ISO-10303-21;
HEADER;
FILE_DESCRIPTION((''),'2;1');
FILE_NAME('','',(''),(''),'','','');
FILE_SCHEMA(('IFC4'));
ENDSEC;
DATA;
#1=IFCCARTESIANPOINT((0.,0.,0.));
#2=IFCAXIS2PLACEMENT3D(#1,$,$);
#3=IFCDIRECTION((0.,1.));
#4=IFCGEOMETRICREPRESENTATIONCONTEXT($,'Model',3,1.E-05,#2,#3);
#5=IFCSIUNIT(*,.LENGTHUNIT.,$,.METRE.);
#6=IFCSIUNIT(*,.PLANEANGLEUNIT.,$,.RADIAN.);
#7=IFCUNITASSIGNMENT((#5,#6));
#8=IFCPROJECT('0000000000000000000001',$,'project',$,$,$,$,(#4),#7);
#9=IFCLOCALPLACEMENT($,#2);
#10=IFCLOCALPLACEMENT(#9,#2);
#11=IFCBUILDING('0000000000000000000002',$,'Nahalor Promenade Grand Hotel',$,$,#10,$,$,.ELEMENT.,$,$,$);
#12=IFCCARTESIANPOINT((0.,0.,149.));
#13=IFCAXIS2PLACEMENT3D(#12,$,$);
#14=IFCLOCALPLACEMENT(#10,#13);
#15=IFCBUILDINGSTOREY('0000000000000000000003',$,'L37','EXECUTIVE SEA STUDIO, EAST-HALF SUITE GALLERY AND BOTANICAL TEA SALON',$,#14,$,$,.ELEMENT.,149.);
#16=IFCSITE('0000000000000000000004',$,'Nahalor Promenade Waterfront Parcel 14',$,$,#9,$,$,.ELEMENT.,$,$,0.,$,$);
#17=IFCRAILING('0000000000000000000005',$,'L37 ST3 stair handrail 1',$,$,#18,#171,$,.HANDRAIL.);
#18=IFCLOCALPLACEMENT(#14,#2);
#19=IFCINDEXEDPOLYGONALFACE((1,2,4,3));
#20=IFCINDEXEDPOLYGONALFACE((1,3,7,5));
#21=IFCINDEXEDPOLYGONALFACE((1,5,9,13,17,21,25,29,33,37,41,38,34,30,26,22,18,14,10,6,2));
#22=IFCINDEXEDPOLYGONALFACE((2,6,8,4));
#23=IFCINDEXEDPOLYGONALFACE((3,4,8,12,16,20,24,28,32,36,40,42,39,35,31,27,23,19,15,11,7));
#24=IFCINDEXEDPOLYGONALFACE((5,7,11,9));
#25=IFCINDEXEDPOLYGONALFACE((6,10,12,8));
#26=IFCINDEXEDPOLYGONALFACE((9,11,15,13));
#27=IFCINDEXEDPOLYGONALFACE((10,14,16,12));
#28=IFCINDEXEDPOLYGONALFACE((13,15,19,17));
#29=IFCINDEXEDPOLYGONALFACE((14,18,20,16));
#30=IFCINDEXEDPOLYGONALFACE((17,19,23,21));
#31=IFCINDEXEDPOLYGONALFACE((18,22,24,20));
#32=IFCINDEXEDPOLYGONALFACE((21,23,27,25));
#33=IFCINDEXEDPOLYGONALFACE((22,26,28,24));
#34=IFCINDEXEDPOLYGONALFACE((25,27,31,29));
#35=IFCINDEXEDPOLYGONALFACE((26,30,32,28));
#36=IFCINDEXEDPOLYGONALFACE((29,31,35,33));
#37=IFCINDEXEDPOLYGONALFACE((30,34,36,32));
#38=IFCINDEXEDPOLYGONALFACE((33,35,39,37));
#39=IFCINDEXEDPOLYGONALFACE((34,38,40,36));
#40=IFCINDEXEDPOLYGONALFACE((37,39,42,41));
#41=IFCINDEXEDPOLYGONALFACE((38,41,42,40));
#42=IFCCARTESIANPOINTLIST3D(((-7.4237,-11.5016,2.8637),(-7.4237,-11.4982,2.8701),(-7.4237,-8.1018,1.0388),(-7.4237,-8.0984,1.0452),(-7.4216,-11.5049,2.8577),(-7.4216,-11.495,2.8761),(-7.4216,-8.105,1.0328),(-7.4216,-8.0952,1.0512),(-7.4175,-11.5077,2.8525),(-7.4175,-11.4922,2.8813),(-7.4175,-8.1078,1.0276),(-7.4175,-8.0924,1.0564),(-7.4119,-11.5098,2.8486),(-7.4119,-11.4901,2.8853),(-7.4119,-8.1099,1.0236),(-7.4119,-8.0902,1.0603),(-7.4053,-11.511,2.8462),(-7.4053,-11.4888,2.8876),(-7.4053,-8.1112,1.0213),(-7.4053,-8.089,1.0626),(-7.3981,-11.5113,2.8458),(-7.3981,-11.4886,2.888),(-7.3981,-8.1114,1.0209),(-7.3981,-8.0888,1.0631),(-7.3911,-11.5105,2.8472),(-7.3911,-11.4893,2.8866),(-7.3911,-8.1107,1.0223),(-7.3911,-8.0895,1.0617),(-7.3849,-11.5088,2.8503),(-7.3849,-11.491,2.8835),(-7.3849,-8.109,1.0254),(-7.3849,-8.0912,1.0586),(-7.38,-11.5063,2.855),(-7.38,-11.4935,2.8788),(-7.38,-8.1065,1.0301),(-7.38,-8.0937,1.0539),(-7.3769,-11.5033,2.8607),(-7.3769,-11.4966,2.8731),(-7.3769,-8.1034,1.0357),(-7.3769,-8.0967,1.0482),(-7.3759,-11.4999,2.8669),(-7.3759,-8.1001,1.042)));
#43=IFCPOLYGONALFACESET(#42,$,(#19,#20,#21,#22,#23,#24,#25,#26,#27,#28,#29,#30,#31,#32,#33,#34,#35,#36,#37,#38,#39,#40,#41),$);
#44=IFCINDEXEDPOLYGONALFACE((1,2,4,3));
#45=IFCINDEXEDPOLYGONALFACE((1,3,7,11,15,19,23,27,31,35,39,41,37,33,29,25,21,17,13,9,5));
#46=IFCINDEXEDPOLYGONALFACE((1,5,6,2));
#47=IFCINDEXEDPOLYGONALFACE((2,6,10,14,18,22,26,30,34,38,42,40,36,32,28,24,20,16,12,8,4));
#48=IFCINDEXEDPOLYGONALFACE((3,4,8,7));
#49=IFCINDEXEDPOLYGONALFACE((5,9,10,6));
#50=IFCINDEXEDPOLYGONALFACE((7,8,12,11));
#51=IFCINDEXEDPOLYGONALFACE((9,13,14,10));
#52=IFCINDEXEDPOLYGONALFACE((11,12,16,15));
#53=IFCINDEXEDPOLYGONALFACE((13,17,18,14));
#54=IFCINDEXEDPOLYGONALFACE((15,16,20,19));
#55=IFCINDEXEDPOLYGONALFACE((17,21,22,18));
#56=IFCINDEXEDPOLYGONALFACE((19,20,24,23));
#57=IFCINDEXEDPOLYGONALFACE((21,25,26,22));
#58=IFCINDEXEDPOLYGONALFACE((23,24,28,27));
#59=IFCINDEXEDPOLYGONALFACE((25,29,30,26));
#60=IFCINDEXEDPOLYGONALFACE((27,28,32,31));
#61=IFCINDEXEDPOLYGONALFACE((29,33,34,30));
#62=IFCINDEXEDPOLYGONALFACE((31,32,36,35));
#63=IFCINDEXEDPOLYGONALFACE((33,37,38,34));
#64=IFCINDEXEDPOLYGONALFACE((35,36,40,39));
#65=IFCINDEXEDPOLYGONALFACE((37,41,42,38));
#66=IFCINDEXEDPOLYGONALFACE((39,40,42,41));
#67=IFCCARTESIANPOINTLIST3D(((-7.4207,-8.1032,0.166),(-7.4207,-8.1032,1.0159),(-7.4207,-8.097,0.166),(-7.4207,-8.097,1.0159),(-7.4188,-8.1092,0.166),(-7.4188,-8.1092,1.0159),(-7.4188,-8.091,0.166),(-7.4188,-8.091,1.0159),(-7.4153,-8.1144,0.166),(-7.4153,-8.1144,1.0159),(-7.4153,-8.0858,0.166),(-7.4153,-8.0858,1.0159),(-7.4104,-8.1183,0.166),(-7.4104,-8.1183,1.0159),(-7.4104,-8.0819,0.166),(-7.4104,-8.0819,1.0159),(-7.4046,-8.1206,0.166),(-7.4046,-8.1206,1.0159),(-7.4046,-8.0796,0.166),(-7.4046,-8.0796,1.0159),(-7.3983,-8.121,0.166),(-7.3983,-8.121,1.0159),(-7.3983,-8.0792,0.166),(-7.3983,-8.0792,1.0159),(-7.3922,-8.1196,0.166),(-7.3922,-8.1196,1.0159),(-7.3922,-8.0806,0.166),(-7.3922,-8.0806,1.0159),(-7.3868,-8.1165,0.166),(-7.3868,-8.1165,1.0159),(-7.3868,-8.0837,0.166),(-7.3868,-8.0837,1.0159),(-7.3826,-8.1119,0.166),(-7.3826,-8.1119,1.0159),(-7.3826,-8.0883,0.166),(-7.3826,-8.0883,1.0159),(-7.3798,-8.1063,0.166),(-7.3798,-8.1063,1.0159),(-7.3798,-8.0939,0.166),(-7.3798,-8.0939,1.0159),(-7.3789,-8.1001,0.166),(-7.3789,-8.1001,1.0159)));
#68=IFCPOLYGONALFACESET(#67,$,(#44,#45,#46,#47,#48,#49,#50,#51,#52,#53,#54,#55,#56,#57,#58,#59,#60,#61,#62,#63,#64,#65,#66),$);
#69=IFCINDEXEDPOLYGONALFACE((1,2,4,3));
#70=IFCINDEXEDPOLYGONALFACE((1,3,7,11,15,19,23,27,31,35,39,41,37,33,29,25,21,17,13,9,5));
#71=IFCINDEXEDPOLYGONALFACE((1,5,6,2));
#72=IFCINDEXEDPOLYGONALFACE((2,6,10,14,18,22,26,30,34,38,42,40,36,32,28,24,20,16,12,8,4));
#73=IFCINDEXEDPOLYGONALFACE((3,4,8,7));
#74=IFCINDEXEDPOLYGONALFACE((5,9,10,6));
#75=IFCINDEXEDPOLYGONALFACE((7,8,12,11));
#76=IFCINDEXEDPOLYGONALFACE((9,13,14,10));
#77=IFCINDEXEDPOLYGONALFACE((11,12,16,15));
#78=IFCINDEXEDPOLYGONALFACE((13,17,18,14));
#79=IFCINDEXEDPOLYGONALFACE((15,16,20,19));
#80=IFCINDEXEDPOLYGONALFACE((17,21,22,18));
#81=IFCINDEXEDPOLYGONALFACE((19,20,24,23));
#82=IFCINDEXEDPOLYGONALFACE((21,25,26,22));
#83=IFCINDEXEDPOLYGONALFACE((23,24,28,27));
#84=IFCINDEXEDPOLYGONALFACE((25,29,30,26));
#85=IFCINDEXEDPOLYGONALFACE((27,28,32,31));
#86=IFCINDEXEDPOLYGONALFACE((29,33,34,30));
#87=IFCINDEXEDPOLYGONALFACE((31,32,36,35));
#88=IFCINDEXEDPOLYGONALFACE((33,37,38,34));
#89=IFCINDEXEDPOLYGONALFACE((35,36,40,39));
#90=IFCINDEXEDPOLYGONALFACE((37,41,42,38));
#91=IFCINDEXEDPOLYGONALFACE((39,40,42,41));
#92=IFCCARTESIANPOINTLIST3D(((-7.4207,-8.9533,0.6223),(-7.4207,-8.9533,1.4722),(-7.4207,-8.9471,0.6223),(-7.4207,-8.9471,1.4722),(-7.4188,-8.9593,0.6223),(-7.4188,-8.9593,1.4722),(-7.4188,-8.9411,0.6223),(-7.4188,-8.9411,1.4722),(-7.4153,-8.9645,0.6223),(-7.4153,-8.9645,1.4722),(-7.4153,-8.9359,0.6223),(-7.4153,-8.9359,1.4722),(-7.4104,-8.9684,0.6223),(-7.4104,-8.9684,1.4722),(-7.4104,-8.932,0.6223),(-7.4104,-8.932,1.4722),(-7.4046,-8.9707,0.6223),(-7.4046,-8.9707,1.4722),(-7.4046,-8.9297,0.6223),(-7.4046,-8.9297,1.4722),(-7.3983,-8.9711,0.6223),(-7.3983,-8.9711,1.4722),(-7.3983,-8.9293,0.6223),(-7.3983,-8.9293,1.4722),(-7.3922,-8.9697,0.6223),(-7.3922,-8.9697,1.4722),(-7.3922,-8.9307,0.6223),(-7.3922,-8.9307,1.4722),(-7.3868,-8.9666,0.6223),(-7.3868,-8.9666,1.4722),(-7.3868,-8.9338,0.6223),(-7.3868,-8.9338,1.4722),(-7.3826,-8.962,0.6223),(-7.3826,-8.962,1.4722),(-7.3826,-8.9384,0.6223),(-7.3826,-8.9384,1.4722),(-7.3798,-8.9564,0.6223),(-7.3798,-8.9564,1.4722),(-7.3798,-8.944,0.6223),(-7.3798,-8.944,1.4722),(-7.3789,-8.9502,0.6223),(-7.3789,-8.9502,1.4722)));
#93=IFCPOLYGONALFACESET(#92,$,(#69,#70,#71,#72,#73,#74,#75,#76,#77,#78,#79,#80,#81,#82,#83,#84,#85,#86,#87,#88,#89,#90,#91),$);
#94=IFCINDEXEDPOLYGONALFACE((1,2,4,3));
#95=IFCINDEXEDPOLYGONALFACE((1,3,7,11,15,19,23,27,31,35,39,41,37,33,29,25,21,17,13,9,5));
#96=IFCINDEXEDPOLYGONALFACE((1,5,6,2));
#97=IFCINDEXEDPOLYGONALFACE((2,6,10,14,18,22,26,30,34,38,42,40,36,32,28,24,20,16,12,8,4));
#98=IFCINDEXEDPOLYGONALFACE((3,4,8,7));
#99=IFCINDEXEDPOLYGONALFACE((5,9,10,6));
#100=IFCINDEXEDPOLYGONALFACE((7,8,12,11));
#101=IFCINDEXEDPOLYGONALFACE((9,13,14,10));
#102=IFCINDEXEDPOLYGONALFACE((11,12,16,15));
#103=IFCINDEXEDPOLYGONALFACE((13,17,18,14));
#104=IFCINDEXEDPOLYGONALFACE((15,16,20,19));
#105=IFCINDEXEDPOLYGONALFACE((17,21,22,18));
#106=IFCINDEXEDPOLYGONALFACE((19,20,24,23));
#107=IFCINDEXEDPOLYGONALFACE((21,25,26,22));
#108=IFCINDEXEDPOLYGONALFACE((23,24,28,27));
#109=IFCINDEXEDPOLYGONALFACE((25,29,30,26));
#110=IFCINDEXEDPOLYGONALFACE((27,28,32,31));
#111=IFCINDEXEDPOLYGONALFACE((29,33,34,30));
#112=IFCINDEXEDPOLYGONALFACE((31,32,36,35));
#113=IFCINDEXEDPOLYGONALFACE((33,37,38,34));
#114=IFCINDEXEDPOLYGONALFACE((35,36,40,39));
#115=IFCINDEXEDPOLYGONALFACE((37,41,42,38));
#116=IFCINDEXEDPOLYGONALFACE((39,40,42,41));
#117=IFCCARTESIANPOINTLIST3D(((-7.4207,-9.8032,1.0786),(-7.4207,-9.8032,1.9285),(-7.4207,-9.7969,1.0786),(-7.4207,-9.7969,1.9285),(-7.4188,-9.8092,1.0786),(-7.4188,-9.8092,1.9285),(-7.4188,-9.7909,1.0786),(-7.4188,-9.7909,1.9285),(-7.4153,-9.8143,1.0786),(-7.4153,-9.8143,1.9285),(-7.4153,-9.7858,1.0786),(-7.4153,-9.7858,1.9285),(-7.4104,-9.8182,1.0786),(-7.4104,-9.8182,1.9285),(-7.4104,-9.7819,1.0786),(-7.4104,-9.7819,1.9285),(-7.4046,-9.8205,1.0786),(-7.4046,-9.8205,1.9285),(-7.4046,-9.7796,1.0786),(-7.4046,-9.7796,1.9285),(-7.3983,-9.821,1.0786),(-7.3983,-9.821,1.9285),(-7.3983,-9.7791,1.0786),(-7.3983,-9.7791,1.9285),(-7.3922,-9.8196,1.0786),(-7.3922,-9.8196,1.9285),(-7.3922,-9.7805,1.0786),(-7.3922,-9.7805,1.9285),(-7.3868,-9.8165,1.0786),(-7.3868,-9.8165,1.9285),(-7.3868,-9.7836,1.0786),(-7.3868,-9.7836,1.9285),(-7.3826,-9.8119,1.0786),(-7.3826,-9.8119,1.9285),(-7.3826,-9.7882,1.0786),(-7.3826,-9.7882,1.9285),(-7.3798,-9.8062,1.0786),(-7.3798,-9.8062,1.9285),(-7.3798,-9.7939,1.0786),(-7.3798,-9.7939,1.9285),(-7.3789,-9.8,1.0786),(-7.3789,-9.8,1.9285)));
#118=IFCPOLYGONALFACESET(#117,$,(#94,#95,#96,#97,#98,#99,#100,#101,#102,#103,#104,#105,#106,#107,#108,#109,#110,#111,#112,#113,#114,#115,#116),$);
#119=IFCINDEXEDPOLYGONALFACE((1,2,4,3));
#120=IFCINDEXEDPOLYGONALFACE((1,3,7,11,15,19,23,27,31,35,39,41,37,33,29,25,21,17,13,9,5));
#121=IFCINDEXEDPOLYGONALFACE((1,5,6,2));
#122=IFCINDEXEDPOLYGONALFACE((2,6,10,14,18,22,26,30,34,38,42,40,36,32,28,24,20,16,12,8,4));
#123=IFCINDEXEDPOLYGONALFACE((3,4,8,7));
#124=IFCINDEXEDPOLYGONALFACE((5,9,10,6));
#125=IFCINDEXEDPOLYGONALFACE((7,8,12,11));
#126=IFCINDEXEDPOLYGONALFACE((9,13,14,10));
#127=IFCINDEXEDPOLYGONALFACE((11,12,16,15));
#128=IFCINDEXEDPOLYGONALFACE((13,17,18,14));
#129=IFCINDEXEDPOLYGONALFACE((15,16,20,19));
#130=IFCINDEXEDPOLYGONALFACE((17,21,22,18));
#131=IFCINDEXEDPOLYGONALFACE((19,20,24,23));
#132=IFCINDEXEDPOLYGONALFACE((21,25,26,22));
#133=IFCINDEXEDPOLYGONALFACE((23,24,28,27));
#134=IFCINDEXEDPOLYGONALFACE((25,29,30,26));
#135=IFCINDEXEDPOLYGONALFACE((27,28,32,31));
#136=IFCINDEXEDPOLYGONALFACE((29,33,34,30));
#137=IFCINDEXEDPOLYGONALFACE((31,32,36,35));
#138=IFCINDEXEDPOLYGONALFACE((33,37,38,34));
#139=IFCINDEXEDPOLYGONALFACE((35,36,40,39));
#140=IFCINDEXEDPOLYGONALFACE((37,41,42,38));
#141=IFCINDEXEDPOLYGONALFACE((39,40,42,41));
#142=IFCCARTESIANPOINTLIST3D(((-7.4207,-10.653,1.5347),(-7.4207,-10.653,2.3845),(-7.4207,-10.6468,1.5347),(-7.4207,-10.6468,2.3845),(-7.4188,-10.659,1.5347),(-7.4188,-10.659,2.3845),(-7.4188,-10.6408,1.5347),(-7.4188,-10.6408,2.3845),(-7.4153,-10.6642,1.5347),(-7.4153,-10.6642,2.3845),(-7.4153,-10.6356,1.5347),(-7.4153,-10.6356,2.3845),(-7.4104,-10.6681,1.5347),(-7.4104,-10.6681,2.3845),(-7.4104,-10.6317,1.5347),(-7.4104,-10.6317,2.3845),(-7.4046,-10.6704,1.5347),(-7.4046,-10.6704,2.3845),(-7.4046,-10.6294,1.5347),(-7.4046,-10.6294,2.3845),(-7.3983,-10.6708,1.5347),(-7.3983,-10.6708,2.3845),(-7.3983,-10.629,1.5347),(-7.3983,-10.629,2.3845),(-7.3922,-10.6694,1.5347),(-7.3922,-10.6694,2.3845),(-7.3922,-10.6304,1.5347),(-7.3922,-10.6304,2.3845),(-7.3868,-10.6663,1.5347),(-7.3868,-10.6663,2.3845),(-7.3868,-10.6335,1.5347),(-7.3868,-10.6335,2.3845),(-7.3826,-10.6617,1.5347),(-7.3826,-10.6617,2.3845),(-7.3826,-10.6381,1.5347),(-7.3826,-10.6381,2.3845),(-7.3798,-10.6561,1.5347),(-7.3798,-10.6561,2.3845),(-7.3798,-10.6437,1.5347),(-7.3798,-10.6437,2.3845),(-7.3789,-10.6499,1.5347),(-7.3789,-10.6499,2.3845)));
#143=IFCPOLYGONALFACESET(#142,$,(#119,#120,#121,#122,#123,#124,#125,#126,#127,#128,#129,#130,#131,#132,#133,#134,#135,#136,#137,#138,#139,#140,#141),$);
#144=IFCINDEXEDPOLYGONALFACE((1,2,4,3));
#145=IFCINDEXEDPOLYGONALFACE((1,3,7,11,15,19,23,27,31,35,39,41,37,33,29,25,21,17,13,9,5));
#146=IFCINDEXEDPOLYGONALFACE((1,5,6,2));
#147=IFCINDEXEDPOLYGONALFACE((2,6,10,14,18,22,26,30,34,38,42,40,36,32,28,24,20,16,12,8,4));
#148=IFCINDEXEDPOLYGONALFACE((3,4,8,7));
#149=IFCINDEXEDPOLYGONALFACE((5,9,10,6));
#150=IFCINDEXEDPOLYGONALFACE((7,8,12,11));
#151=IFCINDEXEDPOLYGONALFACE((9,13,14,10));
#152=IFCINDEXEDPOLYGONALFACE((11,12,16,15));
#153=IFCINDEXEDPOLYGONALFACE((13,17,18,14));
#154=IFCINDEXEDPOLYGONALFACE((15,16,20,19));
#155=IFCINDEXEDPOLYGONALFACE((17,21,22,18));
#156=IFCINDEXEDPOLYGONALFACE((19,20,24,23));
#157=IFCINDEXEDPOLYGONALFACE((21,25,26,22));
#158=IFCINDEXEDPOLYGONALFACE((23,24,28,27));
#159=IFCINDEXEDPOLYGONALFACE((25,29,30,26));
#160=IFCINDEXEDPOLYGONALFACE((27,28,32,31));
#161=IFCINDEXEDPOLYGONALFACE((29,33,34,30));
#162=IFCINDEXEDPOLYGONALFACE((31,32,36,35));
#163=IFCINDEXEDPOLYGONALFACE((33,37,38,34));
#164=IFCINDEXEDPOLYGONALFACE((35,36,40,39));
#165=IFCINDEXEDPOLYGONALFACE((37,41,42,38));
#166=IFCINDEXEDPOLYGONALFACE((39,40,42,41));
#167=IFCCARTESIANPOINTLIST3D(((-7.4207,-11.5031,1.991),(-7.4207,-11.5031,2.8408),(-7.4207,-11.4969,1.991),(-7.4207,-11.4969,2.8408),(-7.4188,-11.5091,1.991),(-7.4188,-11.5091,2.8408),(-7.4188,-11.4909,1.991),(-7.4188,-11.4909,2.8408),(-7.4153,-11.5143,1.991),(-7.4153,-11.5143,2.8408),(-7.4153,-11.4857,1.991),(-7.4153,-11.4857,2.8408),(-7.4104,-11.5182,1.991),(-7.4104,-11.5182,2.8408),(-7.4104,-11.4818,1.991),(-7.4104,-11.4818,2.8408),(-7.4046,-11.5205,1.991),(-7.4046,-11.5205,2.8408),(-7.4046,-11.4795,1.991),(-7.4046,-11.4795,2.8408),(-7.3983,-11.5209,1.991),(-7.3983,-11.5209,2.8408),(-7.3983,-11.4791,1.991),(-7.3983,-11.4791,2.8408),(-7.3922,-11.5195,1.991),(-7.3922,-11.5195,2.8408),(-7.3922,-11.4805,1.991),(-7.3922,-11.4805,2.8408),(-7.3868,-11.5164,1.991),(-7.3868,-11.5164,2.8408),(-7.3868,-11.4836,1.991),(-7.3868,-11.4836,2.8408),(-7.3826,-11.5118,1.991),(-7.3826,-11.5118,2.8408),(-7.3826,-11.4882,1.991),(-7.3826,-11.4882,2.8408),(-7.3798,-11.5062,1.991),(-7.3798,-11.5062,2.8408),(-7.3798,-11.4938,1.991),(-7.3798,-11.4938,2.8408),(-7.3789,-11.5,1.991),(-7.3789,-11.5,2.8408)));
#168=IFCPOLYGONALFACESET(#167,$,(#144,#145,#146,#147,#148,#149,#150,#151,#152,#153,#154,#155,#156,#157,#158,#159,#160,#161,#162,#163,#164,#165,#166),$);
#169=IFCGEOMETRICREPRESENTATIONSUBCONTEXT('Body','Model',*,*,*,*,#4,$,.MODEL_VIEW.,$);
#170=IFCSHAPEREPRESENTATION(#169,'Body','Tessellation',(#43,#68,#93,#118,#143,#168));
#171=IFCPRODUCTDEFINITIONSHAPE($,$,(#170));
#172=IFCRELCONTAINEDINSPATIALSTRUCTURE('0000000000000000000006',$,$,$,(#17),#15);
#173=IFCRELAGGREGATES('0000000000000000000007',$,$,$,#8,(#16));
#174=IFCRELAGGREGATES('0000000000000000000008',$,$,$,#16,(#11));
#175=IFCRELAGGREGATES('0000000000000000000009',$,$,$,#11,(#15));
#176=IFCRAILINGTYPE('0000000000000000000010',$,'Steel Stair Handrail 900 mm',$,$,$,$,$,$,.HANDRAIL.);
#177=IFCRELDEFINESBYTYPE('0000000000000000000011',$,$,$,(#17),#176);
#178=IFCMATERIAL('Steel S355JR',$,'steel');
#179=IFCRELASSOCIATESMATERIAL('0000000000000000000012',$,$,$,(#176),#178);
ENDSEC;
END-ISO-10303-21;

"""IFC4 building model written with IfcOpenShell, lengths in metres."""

from ifc_helpers import new_model, si_unit, direction, frame, origin, origin_2d, place, context, subcontext, project, spatial, circle, extrude, material, type_object, element, save


model = new_model("IFC4")

# Units and contexts
model_context = context("Model", 3, precision=1e-05, world=origin(), true_north=direction((0.0, 1.0)))
body_context = subcontext(model_context, "Body", "Model", "MODEL_VIEW")
ifc_project = project(units=[si_unit("LENGTHUNIT", "METRE"), si_unit("PLANEANGLEUNIT", "RADIAN")], contexts=[model_context])

# Site, building, storey
site_placement = place(None, origin())
site = spatial("IfcSite", under=ifc_project, at=site_placement, Name="Nahalor Promenade Waterfront Parcel 14", CompositionType="ELEMENT", RefElevation=0.0)
building_placement = place(site_placement, origin())
building = spatial("IfcBuilding", under=site, at=building_placement, Name="Nahalor Promenade Grand Hotel", CompositionType="ELEMENT")
storey_placement = place(building_placement, frame((0.0, 0.0, 149.0)))
storey = spatial("IfcBuildingStorey", under=building, at=storey_placement, Name="L37", Description="EXECUTIVE SEA STUDIO, EAST-HALF SUITE GALLERY AND BOTANICAL TEA SALON", CompositionType="ELEMENT", Elevation=149.0)

# Shared definitions
ifc_material_1 = material(Name="Steel S355JR", Category="steel")

# Railing
railing_type_1 = type_object("IfcRailingType", Name="Steel Stair Handrail 900 mm", PredefinedType="HANDRAIL", material=ifc_material_1)
railing_1_placement = place(storey_placement, frame((-7.3999, -8.1001, 0.166)))
element("IfcRailing", 1, at=railing_1_placement, inside=storey, type_object=railing_type_1, Name="L37 ST3 stair handrail 1", PredefinedType="HANDRAIL", context=body_context, shape_type="SweptSolid", body=[
    extrude(circle(Radius=0.024, at=origin_2d()), frame((0.0, 0.0, 0.876), z_axis=(0.0, -0.881094, 0.472941), x_axis=(1.0, 0.0, 0.0)), (0.0, 0.0, 1.0), 3.8586),
    extrude(circle(Radius=0.021, at=origin_2d()), origin(), (0.0, 0.0, 1.0), 0.8499),
    extrude(circle(Radius=0.021, at=origin_2d()), frame((0.0, -0.8501, 0.4563)), (0.0, 0.0, 1.0), 0.8499),
    extrude(circle(Radius=0.021, at=origin_2d()), frame((0.0, -1.7, 0.9126)), (0.0, 0.0, 1.0), 0.8499),
    extrude(circle(Radius=0.021, at=origin_2d()), frame((0.0, -2.5498, 1.3687)), (0.0, 0.0, 1.0), 0.8499),
    extrude(circle(Radius=0.021, at=origin_2d()), frame((0.0, -3.3999, 1.825)), (0.0, 0.0, 1.0), 0.8499),
])

save(model, "model.ifc")
